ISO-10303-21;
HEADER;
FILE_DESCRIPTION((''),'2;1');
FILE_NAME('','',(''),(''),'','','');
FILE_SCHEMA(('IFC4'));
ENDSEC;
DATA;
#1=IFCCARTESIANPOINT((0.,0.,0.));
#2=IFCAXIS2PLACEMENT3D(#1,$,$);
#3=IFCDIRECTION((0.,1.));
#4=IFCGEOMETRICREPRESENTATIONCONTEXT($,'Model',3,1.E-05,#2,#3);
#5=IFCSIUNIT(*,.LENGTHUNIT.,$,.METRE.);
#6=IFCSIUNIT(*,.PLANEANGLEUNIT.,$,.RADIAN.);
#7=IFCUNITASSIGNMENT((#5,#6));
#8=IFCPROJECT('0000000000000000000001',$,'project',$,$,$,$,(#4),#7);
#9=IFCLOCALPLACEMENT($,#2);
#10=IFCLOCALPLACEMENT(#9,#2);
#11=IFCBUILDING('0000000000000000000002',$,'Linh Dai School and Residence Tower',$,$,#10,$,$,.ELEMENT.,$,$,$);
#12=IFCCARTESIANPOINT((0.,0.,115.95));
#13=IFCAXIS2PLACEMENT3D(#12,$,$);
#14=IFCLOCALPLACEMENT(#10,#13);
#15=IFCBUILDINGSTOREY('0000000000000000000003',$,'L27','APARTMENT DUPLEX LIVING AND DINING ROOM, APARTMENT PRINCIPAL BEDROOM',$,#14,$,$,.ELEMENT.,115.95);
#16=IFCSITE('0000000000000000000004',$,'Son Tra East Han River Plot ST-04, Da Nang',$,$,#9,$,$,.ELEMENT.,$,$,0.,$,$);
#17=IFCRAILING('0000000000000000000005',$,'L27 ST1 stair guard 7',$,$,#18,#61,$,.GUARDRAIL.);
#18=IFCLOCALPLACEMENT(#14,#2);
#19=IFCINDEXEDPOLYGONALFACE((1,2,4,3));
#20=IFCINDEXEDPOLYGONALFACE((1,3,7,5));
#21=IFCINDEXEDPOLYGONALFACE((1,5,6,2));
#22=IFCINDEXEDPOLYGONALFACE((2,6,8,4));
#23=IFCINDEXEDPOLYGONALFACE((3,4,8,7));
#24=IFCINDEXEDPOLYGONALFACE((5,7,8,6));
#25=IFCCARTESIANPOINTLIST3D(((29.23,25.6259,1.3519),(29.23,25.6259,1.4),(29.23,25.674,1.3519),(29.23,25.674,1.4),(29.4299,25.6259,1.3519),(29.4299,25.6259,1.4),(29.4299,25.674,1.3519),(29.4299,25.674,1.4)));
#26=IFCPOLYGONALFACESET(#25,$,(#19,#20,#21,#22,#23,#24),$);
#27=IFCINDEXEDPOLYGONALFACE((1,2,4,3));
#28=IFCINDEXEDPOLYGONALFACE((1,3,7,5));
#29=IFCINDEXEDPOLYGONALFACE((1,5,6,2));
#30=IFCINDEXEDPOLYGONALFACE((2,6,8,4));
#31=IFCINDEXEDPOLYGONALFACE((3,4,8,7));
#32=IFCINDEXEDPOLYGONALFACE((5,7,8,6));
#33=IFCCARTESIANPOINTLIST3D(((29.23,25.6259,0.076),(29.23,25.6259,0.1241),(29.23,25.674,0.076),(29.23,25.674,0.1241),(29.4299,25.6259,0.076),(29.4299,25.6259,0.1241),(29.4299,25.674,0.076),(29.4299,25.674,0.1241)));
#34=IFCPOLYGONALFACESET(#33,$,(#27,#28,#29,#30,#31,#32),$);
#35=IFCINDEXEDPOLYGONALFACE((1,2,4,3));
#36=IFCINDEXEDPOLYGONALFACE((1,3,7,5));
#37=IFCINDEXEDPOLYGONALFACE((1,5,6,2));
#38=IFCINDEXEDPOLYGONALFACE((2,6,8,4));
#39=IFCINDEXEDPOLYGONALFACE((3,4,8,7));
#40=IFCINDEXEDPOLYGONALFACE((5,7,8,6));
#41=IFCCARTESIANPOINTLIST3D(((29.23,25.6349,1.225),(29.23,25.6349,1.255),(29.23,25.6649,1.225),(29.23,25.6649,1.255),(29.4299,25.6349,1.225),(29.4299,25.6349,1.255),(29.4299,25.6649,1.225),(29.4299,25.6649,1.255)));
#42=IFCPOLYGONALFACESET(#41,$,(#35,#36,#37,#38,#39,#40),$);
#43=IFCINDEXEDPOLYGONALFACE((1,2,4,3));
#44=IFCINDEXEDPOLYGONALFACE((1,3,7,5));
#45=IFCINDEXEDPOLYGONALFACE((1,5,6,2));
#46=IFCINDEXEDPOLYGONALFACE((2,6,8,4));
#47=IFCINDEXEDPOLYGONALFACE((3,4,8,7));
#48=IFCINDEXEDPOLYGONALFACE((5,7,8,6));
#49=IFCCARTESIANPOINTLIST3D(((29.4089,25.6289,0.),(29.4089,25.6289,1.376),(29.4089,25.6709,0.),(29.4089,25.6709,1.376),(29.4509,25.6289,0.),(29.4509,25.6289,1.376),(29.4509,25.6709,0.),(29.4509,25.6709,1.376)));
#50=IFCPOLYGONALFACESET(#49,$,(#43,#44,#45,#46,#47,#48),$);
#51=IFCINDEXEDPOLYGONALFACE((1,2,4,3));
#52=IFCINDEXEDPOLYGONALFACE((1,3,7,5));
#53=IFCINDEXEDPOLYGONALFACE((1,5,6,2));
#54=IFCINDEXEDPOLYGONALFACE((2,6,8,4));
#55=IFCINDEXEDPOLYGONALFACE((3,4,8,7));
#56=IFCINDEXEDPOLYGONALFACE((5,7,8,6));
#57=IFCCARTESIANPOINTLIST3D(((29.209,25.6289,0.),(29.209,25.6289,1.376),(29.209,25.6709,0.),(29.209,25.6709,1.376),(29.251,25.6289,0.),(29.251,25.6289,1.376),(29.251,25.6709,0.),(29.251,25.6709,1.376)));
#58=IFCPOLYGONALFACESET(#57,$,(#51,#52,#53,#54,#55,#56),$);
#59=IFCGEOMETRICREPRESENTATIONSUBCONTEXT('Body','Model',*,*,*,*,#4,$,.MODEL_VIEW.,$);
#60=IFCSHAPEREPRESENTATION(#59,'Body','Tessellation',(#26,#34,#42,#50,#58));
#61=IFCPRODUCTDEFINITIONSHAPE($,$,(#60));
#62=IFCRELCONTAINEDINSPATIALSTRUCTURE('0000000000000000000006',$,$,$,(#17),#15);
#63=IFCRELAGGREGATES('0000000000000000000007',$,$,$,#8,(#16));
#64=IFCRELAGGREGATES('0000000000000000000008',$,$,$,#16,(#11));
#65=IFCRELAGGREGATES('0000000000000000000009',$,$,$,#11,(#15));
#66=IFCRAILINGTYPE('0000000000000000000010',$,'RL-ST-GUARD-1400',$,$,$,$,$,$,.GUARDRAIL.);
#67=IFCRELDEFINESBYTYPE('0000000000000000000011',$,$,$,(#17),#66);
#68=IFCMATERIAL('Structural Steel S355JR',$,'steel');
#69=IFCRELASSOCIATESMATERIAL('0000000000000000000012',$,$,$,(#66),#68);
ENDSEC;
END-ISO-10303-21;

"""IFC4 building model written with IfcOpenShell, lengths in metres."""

from ifc_helpers import new_model, si_unit, direction, frame, origin, origin_2d, place, context, subcontext, project, spatial, rectangle, extrude, source, transform, mapped, material, type_object, element, save


model = new_model("IFC4")

# Units and contexts
model_context = context("Model", 3, precision=1e-05, world=origin(), true_north=direction((0.0, 1.0)))
body_context = subcontext(model_context, "Body", "Model", "MODEL_VIEW")
ifc_project = project(units=[si_unit("LENGTHUNIT", "METRE"), si_unit("PLANEANGLEUNIT", "RADIAN")], contexts=[model_context])

# Site, building, storey
site_placement = place(None, origin())
site = spatial("IfcSite", under=ifc_project, at=site_placement, Name="Son Tra East Han River Plot ST-04, Da Nang", CompositionType="ELEMENT", RefElevation=0.0)
building_placement = place(site_placement, origin())
building = spatial("IfcBuilding", under=site, at=building_placement, Name="Linh Dai School and Residence Tower", CompositionType="ELEMENT")
storey_placement = place(building_placement, frame((0.0, 0.0, 115.95)))
storey = spatial("IfcBuildingStorey", under=building, at=storey_placement, Name="L27", Description="APARTMENT DUPLEX LIVING AND DINING ROOM, APARTMENT PRINCIPAL BEDROOM", CompositionType="ELEMENT", Elevation=115.95)

# Shared definitions
ifc_material_1 = material(Name="Structural Steel S355JR", Category="steel")

# Railing
railing_type_1 = type_object("IfcRailingType", Name="RL-ST-GUARD-1400", PredefinedType="GUARDRAIL", material=ifc_material_1)
shared_shape_1 = source(origin(), body_context, "Body", "SweptSolid", [
    extrude(rectangle(XDim=0.0481, YDim=0.0481, at=origin_2d()), frame((0.0, 0.0, 1.376), z_axis=(-1.0, 0.0, 0.0), x_axis=(0.0, -1.0, 0.0)), (0.0, 0.0, 1.0), 0.2),
    extrude(rectangle(XDim=0.0481, YDim=0.0481, at=origin_2d()), frame((0.0, 0.0, 0.1001), z_axis=(-1.0, 0.0, 0.0), x_axis=(0.0, -1.0, 0.0)), (0.0, 0.0, 1.0), 0.2),
    extrude(rectangle(XDim=0.03, YDim=0.03, at=origin_2d()), frame((0.0, 0.0, 1.24), z_axis=(-1.0, 0.0, 0.0), x_axis=(0.0, -1.0, 0.0)), (0.0, 0.0, 1.0), 0.2),
    extrude(rectangle(XDim=0.042, YDim=0.042, at=origin_2d()), origin(), (0.0, 0.0, 1.0), 1.376),
    extrude(rectangle(XDim=0.042, YDim=0.042, at=origin_2d()), frame((-0.2, 0.0, 0.0)), (0.0, 0.0, 1.0), 1.376),
])
railing_1_placement = place(storey_placement, frame((29.4299, 25.6499, 0.0)))
element("IfcRailing", 1, at=railing_1_placement, inside=storey, type_object=railing_type_1, Name="L27 ST1 stair guard 7", PredefinedType="GUARDRAIL", context=body_context, shape_type="MappedRepresentation", body=[
    mapped(shared_shape_1, transform((0.0, 0.0, 0.0), x_axis=(1.0, 0.0, 0.0), y_axis=(0.0, 1.0, 0.0), z_axis=(0.0, 0.0, 1.0), scale=1.0)),
])

save(model, "model.ifc")
